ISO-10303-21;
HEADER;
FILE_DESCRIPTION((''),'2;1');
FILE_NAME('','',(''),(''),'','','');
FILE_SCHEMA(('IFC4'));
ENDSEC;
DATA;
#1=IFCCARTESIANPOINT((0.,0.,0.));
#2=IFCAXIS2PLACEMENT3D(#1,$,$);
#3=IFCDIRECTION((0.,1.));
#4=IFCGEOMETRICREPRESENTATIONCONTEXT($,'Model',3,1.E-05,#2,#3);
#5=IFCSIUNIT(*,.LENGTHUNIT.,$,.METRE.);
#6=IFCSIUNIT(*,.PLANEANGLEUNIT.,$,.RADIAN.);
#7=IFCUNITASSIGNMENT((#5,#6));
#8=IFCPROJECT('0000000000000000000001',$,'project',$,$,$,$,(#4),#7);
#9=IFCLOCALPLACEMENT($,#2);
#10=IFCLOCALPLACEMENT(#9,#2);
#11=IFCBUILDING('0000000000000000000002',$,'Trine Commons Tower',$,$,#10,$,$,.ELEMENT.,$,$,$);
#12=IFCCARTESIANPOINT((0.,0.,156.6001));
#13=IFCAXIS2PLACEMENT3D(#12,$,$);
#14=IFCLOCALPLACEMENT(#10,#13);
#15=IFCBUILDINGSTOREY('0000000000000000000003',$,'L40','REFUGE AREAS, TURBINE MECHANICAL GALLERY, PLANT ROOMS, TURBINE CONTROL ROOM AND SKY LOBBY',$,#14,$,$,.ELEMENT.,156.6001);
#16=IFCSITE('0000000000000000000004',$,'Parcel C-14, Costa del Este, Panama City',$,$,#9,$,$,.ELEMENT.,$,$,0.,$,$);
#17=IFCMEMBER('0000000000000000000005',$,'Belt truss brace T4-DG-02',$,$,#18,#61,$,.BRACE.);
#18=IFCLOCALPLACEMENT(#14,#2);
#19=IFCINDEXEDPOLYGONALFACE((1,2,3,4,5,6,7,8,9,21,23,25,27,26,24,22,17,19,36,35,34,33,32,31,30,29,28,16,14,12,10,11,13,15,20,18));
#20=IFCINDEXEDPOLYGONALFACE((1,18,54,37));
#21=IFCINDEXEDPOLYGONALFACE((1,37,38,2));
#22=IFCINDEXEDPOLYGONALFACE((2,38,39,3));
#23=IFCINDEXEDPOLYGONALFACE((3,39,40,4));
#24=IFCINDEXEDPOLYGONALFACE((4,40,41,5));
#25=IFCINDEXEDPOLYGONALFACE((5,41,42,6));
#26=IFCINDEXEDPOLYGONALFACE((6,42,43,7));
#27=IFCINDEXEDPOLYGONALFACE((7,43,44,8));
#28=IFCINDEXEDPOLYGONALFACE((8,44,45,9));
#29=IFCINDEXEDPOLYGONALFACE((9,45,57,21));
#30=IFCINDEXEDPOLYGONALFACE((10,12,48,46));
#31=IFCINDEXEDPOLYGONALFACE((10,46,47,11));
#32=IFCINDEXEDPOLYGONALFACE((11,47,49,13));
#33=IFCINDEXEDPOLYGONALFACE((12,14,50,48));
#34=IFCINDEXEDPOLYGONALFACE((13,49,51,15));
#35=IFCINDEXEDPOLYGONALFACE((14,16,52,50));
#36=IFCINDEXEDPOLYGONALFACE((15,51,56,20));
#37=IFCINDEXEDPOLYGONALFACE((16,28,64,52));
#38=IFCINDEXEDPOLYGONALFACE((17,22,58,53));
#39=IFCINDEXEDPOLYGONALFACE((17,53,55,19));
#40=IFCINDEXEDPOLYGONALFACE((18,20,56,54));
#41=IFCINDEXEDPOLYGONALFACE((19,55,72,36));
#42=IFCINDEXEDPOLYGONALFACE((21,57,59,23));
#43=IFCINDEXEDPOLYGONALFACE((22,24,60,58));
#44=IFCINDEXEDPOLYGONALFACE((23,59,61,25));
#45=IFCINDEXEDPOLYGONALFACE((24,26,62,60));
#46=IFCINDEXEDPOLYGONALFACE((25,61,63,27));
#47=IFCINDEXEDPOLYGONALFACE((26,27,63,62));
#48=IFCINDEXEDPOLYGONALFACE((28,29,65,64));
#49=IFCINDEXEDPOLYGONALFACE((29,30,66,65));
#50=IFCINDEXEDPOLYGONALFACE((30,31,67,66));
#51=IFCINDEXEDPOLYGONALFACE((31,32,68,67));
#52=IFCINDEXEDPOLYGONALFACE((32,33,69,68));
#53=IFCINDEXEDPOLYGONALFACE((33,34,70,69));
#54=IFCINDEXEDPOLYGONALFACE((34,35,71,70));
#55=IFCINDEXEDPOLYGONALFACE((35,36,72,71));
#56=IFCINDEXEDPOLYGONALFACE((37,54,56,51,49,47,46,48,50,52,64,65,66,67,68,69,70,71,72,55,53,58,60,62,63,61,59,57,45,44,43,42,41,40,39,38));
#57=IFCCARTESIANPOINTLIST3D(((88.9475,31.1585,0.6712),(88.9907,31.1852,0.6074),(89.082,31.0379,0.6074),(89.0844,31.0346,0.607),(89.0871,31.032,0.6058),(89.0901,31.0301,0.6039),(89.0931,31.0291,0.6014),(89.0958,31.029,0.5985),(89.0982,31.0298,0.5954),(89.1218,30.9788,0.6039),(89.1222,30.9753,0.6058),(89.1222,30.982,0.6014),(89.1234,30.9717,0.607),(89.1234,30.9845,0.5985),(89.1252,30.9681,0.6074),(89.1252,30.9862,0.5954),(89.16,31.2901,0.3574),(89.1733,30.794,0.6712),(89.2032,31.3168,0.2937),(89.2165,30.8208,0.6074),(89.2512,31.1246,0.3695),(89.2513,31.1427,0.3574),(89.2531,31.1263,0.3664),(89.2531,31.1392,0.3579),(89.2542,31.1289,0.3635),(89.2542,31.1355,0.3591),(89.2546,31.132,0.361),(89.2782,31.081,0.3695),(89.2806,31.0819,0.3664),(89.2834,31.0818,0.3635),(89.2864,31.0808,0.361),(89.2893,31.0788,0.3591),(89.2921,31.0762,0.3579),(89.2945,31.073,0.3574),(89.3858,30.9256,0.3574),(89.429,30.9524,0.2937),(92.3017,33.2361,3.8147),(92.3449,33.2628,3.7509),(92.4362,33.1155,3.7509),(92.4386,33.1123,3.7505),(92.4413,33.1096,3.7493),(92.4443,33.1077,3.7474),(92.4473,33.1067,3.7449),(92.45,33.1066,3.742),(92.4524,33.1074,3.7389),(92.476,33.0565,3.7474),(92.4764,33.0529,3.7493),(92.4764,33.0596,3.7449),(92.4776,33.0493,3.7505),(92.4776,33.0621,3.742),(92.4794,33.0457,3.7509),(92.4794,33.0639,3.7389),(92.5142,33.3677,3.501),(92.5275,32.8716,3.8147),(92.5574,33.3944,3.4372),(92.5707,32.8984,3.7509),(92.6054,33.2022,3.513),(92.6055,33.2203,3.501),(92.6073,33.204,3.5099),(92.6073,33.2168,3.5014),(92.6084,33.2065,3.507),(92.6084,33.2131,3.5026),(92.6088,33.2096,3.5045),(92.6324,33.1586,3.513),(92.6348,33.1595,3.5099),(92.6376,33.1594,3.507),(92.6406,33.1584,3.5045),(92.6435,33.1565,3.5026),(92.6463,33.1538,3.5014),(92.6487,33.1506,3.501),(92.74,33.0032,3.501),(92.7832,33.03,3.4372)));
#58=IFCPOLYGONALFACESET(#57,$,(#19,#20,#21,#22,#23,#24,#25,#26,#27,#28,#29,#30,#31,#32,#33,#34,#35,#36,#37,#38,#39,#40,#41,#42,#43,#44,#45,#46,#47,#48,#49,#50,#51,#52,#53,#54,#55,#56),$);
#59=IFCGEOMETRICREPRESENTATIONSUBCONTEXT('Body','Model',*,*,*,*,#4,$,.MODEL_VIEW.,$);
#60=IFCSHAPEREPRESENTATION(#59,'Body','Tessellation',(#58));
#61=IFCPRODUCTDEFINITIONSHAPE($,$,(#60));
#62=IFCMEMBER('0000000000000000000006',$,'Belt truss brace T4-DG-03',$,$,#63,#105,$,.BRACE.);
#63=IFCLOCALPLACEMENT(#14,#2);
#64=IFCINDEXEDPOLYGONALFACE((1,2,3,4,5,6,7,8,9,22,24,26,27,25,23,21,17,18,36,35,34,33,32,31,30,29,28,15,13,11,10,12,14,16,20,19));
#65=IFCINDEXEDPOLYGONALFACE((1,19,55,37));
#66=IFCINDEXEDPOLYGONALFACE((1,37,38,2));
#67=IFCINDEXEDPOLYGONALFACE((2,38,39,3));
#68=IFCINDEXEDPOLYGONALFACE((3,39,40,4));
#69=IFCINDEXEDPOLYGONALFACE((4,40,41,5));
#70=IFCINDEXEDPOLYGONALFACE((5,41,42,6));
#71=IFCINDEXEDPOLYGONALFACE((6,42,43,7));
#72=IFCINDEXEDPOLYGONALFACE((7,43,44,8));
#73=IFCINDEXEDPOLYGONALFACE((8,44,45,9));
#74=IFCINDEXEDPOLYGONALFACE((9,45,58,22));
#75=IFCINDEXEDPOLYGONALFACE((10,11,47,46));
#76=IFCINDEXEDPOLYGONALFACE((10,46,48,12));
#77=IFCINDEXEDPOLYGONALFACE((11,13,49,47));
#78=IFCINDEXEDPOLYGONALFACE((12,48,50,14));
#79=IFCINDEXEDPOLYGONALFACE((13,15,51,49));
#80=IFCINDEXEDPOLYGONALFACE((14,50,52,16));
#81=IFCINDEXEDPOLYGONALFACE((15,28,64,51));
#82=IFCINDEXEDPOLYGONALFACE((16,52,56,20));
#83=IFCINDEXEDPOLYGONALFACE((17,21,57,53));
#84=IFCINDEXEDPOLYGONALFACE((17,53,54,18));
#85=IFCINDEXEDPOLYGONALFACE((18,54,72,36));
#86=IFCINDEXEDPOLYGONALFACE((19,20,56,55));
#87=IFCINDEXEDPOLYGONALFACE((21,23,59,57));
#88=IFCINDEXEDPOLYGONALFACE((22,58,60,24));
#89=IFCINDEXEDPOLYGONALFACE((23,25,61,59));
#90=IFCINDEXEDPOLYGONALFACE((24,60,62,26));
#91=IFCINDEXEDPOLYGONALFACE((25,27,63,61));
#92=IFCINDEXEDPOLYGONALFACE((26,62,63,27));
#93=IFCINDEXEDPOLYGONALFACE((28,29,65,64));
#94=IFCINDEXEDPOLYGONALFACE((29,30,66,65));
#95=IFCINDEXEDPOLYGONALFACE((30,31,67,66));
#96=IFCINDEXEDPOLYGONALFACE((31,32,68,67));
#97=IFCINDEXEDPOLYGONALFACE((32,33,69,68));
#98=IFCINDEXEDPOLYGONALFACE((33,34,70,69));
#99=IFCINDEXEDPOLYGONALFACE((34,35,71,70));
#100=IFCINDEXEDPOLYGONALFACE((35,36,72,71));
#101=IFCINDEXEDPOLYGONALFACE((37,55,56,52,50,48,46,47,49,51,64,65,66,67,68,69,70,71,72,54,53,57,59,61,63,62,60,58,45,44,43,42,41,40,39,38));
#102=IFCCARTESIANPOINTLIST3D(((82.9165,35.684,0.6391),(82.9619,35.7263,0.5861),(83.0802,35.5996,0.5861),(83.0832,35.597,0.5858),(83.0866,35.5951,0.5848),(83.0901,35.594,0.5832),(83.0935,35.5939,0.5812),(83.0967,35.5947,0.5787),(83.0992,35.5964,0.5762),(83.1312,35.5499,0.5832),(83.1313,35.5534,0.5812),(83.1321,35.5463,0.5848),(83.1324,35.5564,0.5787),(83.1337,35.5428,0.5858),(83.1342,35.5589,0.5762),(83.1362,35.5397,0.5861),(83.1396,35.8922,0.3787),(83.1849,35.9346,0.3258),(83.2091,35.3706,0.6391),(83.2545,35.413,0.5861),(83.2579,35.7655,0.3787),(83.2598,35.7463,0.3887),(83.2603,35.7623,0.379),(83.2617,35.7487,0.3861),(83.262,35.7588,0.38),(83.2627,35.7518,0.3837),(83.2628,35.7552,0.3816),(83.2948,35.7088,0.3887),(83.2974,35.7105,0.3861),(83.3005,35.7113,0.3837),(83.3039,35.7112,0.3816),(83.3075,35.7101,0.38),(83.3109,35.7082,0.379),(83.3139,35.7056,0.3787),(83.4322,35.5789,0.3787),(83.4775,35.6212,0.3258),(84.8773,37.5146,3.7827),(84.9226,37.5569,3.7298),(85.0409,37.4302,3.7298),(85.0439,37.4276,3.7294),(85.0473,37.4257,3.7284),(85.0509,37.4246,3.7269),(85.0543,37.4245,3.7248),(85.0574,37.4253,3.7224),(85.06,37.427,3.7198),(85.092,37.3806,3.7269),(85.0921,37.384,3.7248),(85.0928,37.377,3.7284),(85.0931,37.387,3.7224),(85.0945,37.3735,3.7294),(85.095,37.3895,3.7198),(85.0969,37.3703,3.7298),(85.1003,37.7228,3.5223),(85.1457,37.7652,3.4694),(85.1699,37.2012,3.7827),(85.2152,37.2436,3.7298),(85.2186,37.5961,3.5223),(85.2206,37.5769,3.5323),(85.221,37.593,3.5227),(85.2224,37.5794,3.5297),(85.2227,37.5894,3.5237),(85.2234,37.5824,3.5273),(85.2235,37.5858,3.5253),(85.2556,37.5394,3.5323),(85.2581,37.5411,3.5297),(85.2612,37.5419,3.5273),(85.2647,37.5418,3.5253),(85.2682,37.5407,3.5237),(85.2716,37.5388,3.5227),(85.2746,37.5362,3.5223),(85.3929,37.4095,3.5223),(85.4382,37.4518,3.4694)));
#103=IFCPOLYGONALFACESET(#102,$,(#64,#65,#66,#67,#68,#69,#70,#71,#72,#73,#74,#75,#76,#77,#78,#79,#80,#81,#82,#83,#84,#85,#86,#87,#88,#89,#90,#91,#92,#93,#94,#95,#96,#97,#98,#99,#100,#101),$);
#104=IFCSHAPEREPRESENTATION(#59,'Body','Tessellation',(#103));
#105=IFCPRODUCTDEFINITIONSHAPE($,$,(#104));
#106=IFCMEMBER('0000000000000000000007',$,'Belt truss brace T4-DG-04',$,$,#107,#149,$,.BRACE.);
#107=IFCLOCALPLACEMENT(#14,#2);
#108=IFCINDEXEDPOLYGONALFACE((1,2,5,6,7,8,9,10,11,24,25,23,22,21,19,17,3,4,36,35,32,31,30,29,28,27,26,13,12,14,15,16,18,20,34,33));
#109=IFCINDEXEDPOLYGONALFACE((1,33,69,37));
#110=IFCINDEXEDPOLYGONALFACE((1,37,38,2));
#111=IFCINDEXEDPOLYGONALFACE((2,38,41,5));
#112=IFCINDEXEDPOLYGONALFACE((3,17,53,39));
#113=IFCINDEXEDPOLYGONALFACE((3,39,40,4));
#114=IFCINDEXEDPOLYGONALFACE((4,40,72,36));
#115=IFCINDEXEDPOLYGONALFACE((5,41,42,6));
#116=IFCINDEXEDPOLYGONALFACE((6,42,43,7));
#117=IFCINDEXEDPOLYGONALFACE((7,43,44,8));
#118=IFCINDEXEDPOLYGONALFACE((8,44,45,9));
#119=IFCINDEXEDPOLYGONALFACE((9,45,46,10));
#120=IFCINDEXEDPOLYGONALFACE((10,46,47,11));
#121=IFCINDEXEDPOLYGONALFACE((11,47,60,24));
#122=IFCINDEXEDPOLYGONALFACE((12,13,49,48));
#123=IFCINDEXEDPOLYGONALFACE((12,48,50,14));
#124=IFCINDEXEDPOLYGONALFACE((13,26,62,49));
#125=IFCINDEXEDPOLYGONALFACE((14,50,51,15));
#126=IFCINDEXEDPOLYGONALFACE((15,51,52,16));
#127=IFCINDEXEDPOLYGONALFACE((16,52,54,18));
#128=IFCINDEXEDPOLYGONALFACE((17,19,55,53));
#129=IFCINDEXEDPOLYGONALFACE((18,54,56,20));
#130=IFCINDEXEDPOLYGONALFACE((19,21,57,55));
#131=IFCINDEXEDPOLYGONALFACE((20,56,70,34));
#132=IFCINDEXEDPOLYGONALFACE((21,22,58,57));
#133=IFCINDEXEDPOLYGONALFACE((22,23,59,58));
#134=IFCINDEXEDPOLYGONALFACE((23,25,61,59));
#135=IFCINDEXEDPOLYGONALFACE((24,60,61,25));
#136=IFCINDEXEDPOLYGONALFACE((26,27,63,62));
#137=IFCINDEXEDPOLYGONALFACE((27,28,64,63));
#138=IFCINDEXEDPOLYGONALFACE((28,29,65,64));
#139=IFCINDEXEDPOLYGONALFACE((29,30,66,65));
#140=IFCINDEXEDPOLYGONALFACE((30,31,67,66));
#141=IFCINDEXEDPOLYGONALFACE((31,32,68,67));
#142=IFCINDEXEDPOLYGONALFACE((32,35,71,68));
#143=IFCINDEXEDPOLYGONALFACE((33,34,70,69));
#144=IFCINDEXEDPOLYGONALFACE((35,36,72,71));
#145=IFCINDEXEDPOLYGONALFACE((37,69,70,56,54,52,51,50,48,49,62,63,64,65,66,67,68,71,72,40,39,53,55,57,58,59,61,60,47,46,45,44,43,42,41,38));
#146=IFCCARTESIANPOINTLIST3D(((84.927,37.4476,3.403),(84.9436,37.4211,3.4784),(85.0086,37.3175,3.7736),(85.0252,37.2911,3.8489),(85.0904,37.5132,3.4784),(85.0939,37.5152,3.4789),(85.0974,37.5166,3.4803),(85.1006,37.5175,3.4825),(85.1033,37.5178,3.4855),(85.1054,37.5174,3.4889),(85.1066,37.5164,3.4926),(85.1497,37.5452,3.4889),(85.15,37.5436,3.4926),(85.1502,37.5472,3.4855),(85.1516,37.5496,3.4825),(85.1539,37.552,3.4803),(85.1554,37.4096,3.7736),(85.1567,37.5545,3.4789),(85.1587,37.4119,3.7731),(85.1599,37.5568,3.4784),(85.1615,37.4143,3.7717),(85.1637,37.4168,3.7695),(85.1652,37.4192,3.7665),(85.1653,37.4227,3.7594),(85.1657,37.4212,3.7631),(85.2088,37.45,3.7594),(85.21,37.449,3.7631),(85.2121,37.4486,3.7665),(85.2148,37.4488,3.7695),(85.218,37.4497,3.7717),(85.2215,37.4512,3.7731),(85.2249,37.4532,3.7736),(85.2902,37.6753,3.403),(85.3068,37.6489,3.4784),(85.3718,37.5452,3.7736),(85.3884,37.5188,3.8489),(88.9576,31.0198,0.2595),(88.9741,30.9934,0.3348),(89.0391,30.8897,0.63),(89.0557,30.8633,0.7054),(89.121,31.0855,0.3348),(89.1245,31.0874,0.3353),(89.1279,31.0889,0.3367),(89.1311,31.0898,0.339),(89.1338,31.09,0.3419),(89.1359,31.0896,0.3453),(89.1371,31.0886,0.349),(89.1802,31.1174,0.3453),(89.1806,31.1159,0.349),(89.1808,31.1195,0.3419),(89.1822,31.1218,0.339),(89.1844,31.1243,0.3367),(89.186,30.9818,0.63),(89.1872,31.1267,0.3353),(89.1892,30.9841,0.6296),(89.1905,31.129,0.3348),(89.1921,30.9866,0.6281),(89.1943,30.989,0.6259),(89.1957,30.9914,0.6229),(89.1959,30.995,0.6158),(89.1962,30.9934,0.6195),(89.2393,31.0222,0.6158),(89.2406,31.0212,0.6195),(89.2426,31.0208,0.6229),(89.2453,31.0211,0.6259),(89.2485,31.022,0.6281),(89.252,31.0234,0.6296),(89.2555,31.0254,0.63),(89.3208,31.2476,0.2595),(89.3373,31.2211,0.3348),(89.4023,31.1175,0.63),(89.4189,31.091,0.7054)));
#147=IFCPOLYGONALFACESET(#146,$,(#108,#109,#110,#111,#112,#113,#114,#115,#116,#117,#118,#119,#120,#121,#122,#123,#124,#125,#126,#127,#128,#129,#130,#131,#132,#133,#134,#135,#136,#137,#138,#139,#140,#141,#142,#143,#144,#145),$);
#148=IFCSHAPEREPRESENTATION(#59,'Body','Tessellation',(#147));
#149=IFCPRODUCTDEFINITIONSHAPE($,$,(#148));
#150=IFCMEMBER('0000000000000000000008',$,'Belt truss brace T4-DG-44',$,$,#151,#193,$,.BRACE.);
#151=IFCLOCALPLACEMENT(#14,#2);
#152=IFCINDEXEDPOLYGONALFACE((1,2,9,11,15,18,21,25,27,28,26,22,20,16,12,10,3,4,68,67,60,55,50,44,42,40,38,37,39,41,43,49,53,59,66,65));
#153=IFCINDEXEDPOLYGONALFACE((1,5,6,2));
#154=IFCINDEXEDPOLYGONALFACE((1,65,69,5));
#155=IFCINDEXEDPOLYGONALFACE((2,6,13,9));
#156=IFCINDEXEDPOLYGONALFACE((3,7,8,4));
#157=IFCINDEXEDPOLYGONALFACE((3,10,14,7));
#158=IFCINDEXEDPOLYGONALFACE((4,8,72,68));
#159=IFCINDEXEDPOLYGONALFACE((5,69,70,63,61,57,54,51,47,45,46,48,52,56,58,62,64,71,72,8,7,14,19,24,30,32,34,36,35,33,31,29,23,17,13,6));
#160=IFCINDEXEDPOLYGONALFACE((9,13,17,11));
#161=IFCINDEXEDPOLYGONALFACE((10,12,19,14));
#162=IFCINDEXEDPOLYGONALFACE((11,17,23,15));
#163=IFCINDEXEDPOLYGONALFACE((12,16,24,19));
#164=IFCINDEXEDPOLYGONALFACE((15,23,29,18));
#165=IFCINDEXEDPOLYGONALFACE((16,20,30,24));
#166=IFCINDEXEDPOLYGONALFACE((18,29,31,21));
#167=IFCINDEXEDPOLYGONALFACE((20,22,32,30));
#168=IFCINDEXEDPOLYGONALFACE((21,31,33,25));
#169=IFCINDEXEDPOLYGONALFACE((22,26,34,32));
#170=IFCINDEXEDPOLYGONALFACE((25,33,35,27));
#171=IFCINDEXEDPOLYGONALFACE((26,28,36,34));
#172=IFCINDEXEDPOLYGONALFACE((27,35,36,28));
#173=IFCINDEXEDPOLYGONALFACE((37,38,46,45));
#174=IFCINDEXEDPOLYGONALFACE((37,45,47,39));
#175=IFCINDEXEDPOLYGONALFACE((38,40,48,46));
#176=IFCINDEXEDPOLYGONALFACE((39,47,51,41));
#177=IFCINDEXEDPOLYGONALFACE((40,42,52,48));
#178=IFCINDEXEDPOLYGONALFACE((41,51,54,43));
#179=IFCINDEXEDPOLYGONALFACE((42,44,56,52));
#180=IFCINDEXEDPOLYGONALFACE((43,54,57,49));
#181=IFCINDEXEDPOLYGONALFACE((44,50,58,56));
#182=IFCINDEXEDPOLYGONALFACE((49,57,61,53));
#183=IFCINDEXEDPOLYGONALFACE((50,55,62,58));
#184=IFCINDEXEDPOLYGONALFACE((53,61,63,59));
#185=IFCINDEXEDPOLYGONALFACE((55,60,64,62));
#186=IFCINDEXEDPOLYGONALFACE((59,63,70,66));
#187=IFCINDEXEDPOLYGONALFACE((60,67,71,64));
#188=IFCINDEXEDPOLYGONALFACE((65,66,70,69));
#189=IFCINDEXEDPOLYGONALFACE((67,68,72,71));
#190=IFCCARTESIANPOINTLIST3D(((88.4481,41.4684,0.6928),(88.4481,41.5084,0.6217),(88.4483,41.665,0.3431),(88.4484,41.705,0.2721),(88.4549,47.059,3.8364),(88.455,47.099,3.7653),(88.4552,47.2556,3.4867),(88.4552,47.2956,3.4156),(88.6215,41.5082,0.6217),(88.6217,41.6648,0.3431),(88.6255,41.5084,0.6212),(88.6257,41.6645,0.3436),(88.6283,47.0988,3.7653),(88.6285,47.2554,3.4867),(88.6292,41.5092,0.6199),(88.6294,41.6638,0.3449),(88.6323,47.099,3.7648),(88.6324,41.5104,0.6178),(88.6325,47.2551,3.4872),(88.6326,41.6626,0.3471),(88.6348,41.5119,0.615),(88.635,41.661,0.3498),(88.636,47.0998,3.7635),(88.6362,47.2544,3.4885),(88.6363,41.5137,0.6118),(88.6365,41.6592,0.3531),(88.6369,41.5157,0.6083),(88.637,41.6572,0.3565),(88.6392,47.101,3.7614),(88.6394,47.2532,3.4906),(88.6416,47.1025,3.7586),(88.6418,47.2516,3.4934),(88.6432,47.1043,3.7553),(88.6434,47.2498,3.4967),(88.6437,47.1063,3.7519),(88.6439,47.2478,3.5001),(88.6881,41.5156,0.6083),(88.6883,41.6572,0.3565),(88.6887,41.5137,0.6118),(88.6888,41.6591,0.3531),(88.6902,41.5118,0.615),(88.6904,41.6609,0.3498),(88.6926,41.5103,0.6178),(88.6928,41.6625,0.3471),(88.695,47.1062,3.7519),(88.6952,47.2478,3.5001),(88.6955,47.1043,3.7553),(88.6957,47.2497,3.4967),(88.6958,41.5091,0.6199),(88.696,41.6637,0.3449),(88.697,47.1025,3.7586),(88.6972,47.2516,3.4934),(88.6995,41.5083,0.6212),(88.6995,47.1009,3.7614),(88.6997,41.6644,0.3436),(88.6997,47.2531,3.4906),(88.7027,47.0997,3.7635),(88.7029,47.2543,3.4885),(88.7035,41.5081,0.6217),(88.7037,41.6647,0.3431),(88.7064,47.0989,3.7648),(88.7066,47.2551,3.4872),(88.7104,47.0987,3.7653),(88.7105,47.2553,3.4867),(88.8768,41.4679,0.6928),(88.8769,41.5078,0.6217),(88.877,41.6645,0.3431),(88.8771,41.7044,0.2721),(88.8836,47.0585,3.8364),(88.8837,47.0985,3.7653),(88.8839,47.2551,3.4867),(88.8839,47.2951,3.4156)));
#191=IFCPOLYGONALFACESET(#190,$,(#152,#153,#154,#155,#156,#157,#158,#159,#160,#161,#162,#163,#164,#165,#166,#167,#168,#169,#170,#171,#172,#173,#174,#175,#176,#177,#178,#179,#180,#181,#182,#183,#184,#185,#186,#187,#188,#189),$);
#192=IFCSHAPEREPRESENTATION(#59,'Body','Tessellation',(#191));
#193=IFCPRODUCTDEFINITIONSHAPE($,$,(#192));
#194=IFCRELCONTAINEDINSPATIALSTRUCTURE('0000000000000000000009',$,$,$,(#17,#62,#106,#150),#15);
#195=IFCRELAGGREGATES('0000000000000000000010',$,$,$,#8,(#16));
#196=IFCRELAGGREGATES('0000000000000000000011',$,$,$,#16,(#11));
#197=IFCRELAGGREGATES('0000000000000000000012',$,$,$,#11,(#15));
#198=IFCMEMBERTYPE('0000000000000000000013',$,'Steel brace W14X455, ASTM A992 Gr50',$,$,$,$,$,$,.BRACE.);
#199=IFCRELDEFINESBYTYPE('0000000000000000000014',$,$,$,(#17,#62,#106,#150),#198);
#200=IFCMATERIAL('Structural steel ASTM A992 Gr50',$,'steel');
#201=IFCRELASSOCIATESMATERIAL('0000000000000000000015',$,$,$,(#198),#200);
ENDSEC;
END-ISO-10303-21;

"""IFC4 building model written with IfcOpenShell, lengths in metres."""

from ifc_helpers import new_model, si_unit, direction, frame, origin, origin_2d, place, context, subcontext, project, spatial, i_section, extrude, material, material_profile, profile_set, type_object, element, save


model = new_model("IFC4")

# Units and contexts
model_context = context("Model", 3, precision=1e-05, world=origin(), true_north=direction((0.0, 1.0)))
body_context = subcontext(model_context, "Body", "Model", "MODEL_VIEW")
ifc_project = project(units=[si_unit("LENGTHUNIT", "METRE"), si_unit("PLANEANGLEUNIT", "RADIAN")], contexts=[model_context])

# Site, building, storey
site_placement = place(None, origin())
site = spatial("IfcSite", under=ifc_project, at=site_placement, Name="Parcel C-14, Costa del Este, Panama City", CompositionType="ELEMENT", RefElevation=0.0)
building_placement = place(site_placement, origin())
building = spatial("IfcBuilding", under=site, at=building_placement, Name="Trine Commons Tower", CompositionType="ELEMENT")
storey_placement = place(building_placement, frame((0.0, 0.0, 156.6001)))
storey = spatial("IfcBuildingStorey", under=building, at=storey_placement, Name="L40", Description="REFUGE AREAS, TURBINE MECHANICAL GALLERY, PLANT ROOMS, TURBINE CONTROL ROOM AND SKY LOBBY", CompositionType="ELEMENT", Elevation=156.6001)

# Members
ifc_material_1 = material(Name="Structural steel ASTM A992 Gr50", Category="steel")
ifc_material_profile_1 = material_profile(ifc_material_1, i_section(OverallWidth=0.4287, OverallDepth=0.4827, WebThickness=0.0513, FlangeThickness=0.0815, FilletRadius=0.0154, at=origin_2d()), Name="W14X455")
ifc_profile_set_1 = profile_set([ifc_material_profile_1], Name="Structural steel ASTM A992 Gr50")
member_type_1 = type_object("IfcMemberType", Name="Steel brace W14X455, ASTM A992 Gr50", PredefinedType="BRACE", material=ifc_profile_set_1)
member_1_placement = place(storey_placement, frame((89.1882, 31.0554, 0.4824), z_axis=(0.664899, 0.411841, 0.623134), x_axis=(-0.526574, 0.850129, 0.0)))
element("IfcMember", 1, at=member_1_placement, inside=storey, type_object=member_type_1, Name="Belt truss brace T4-DG-02", PredefinedType="BRACE", context=body_context, shape_type="SweptSolid", body=[
    extrude(i_section(OverallWidth=0.4287, OverallDepth=0.4827, WebThickness=0.0513, FlangeThickness=0.0815, FilletRadius=0.0154, at=origin_2d()), origin(), (0.0, 0.0, 1.0), 5.0447),
])
member_2_placement = place(storey_placement, frame((83.197, 35.6526, 0.4824), z_axis=(0.474462, 0.442973, 0.760698), x_axis=(-0.682435, 0.730946, 0.0)))
element("IfcMember", 2, at=member_2_placement, inside=storey, type_object=member_type_1, Name="Belt truss brace T4-DG-03", PredefinedType="BRACE", context=body_context, shape_type="SweptSolid", body=[
    extrude(i_section(OverallWidth=0.4287, OverallDepth=0.4827, WebThickness=0.0513, FlangeThickness=0.0815, FilletRadius=0.0154, at=origin_2d()), origin(), (0.0, 0.0, 1.0), 4.1326),
])
member_3_placement = place(storey_placement, frame((89.1882, 31.0554, 0.4824), z_axis=(-0.490787, 0.782691, 0.382784), x_axis=(-0.847216, -0.531248, 0.0)))
element("IfcMember", 3, at=member_3_placement, inside=storey, type_object=member_type_1, Name="Belt truss brace T4-DG-04", PredefinedType="BRACE", context=body_context, shape_type="SweptSolid", body=[
    extrude(i_section(OverallWidth=0.4287, OverallDepth=0.4827, WebThickness=0.0513, FlangeThickness=0.0815, FilletRadius=0.0154, at=origin_2d()), origin(), (0.0, 0.0, 1.0), 8.2124),
])
member_4_placement = place(storey_placement, frame((88.6626, 41.5864, 0.4824), z_axis=(0.001066, 0.871651, 0.490125), x_axis=(-0.999999, 0.001223, 0.0)))
element("IfcMember", 4, at=member_4_placement, inside=storey, type_object=member_type_1, Name="Belt truss brace T4-DG-44", PredefinedType="BRACE", context=body_context, shape_type="SweptSolid", body=[
    extrude(i_section(OverallWidth=0.4287, OverallDepth=0.4827, WebThickness=0.0513, FlangeThickness=0.0815, FilletRadius=0.0154, at=origin_2d()), origin(), (0.0, 0.0, 1.0), 6.4138),
])

save(model, "model.ifc")
